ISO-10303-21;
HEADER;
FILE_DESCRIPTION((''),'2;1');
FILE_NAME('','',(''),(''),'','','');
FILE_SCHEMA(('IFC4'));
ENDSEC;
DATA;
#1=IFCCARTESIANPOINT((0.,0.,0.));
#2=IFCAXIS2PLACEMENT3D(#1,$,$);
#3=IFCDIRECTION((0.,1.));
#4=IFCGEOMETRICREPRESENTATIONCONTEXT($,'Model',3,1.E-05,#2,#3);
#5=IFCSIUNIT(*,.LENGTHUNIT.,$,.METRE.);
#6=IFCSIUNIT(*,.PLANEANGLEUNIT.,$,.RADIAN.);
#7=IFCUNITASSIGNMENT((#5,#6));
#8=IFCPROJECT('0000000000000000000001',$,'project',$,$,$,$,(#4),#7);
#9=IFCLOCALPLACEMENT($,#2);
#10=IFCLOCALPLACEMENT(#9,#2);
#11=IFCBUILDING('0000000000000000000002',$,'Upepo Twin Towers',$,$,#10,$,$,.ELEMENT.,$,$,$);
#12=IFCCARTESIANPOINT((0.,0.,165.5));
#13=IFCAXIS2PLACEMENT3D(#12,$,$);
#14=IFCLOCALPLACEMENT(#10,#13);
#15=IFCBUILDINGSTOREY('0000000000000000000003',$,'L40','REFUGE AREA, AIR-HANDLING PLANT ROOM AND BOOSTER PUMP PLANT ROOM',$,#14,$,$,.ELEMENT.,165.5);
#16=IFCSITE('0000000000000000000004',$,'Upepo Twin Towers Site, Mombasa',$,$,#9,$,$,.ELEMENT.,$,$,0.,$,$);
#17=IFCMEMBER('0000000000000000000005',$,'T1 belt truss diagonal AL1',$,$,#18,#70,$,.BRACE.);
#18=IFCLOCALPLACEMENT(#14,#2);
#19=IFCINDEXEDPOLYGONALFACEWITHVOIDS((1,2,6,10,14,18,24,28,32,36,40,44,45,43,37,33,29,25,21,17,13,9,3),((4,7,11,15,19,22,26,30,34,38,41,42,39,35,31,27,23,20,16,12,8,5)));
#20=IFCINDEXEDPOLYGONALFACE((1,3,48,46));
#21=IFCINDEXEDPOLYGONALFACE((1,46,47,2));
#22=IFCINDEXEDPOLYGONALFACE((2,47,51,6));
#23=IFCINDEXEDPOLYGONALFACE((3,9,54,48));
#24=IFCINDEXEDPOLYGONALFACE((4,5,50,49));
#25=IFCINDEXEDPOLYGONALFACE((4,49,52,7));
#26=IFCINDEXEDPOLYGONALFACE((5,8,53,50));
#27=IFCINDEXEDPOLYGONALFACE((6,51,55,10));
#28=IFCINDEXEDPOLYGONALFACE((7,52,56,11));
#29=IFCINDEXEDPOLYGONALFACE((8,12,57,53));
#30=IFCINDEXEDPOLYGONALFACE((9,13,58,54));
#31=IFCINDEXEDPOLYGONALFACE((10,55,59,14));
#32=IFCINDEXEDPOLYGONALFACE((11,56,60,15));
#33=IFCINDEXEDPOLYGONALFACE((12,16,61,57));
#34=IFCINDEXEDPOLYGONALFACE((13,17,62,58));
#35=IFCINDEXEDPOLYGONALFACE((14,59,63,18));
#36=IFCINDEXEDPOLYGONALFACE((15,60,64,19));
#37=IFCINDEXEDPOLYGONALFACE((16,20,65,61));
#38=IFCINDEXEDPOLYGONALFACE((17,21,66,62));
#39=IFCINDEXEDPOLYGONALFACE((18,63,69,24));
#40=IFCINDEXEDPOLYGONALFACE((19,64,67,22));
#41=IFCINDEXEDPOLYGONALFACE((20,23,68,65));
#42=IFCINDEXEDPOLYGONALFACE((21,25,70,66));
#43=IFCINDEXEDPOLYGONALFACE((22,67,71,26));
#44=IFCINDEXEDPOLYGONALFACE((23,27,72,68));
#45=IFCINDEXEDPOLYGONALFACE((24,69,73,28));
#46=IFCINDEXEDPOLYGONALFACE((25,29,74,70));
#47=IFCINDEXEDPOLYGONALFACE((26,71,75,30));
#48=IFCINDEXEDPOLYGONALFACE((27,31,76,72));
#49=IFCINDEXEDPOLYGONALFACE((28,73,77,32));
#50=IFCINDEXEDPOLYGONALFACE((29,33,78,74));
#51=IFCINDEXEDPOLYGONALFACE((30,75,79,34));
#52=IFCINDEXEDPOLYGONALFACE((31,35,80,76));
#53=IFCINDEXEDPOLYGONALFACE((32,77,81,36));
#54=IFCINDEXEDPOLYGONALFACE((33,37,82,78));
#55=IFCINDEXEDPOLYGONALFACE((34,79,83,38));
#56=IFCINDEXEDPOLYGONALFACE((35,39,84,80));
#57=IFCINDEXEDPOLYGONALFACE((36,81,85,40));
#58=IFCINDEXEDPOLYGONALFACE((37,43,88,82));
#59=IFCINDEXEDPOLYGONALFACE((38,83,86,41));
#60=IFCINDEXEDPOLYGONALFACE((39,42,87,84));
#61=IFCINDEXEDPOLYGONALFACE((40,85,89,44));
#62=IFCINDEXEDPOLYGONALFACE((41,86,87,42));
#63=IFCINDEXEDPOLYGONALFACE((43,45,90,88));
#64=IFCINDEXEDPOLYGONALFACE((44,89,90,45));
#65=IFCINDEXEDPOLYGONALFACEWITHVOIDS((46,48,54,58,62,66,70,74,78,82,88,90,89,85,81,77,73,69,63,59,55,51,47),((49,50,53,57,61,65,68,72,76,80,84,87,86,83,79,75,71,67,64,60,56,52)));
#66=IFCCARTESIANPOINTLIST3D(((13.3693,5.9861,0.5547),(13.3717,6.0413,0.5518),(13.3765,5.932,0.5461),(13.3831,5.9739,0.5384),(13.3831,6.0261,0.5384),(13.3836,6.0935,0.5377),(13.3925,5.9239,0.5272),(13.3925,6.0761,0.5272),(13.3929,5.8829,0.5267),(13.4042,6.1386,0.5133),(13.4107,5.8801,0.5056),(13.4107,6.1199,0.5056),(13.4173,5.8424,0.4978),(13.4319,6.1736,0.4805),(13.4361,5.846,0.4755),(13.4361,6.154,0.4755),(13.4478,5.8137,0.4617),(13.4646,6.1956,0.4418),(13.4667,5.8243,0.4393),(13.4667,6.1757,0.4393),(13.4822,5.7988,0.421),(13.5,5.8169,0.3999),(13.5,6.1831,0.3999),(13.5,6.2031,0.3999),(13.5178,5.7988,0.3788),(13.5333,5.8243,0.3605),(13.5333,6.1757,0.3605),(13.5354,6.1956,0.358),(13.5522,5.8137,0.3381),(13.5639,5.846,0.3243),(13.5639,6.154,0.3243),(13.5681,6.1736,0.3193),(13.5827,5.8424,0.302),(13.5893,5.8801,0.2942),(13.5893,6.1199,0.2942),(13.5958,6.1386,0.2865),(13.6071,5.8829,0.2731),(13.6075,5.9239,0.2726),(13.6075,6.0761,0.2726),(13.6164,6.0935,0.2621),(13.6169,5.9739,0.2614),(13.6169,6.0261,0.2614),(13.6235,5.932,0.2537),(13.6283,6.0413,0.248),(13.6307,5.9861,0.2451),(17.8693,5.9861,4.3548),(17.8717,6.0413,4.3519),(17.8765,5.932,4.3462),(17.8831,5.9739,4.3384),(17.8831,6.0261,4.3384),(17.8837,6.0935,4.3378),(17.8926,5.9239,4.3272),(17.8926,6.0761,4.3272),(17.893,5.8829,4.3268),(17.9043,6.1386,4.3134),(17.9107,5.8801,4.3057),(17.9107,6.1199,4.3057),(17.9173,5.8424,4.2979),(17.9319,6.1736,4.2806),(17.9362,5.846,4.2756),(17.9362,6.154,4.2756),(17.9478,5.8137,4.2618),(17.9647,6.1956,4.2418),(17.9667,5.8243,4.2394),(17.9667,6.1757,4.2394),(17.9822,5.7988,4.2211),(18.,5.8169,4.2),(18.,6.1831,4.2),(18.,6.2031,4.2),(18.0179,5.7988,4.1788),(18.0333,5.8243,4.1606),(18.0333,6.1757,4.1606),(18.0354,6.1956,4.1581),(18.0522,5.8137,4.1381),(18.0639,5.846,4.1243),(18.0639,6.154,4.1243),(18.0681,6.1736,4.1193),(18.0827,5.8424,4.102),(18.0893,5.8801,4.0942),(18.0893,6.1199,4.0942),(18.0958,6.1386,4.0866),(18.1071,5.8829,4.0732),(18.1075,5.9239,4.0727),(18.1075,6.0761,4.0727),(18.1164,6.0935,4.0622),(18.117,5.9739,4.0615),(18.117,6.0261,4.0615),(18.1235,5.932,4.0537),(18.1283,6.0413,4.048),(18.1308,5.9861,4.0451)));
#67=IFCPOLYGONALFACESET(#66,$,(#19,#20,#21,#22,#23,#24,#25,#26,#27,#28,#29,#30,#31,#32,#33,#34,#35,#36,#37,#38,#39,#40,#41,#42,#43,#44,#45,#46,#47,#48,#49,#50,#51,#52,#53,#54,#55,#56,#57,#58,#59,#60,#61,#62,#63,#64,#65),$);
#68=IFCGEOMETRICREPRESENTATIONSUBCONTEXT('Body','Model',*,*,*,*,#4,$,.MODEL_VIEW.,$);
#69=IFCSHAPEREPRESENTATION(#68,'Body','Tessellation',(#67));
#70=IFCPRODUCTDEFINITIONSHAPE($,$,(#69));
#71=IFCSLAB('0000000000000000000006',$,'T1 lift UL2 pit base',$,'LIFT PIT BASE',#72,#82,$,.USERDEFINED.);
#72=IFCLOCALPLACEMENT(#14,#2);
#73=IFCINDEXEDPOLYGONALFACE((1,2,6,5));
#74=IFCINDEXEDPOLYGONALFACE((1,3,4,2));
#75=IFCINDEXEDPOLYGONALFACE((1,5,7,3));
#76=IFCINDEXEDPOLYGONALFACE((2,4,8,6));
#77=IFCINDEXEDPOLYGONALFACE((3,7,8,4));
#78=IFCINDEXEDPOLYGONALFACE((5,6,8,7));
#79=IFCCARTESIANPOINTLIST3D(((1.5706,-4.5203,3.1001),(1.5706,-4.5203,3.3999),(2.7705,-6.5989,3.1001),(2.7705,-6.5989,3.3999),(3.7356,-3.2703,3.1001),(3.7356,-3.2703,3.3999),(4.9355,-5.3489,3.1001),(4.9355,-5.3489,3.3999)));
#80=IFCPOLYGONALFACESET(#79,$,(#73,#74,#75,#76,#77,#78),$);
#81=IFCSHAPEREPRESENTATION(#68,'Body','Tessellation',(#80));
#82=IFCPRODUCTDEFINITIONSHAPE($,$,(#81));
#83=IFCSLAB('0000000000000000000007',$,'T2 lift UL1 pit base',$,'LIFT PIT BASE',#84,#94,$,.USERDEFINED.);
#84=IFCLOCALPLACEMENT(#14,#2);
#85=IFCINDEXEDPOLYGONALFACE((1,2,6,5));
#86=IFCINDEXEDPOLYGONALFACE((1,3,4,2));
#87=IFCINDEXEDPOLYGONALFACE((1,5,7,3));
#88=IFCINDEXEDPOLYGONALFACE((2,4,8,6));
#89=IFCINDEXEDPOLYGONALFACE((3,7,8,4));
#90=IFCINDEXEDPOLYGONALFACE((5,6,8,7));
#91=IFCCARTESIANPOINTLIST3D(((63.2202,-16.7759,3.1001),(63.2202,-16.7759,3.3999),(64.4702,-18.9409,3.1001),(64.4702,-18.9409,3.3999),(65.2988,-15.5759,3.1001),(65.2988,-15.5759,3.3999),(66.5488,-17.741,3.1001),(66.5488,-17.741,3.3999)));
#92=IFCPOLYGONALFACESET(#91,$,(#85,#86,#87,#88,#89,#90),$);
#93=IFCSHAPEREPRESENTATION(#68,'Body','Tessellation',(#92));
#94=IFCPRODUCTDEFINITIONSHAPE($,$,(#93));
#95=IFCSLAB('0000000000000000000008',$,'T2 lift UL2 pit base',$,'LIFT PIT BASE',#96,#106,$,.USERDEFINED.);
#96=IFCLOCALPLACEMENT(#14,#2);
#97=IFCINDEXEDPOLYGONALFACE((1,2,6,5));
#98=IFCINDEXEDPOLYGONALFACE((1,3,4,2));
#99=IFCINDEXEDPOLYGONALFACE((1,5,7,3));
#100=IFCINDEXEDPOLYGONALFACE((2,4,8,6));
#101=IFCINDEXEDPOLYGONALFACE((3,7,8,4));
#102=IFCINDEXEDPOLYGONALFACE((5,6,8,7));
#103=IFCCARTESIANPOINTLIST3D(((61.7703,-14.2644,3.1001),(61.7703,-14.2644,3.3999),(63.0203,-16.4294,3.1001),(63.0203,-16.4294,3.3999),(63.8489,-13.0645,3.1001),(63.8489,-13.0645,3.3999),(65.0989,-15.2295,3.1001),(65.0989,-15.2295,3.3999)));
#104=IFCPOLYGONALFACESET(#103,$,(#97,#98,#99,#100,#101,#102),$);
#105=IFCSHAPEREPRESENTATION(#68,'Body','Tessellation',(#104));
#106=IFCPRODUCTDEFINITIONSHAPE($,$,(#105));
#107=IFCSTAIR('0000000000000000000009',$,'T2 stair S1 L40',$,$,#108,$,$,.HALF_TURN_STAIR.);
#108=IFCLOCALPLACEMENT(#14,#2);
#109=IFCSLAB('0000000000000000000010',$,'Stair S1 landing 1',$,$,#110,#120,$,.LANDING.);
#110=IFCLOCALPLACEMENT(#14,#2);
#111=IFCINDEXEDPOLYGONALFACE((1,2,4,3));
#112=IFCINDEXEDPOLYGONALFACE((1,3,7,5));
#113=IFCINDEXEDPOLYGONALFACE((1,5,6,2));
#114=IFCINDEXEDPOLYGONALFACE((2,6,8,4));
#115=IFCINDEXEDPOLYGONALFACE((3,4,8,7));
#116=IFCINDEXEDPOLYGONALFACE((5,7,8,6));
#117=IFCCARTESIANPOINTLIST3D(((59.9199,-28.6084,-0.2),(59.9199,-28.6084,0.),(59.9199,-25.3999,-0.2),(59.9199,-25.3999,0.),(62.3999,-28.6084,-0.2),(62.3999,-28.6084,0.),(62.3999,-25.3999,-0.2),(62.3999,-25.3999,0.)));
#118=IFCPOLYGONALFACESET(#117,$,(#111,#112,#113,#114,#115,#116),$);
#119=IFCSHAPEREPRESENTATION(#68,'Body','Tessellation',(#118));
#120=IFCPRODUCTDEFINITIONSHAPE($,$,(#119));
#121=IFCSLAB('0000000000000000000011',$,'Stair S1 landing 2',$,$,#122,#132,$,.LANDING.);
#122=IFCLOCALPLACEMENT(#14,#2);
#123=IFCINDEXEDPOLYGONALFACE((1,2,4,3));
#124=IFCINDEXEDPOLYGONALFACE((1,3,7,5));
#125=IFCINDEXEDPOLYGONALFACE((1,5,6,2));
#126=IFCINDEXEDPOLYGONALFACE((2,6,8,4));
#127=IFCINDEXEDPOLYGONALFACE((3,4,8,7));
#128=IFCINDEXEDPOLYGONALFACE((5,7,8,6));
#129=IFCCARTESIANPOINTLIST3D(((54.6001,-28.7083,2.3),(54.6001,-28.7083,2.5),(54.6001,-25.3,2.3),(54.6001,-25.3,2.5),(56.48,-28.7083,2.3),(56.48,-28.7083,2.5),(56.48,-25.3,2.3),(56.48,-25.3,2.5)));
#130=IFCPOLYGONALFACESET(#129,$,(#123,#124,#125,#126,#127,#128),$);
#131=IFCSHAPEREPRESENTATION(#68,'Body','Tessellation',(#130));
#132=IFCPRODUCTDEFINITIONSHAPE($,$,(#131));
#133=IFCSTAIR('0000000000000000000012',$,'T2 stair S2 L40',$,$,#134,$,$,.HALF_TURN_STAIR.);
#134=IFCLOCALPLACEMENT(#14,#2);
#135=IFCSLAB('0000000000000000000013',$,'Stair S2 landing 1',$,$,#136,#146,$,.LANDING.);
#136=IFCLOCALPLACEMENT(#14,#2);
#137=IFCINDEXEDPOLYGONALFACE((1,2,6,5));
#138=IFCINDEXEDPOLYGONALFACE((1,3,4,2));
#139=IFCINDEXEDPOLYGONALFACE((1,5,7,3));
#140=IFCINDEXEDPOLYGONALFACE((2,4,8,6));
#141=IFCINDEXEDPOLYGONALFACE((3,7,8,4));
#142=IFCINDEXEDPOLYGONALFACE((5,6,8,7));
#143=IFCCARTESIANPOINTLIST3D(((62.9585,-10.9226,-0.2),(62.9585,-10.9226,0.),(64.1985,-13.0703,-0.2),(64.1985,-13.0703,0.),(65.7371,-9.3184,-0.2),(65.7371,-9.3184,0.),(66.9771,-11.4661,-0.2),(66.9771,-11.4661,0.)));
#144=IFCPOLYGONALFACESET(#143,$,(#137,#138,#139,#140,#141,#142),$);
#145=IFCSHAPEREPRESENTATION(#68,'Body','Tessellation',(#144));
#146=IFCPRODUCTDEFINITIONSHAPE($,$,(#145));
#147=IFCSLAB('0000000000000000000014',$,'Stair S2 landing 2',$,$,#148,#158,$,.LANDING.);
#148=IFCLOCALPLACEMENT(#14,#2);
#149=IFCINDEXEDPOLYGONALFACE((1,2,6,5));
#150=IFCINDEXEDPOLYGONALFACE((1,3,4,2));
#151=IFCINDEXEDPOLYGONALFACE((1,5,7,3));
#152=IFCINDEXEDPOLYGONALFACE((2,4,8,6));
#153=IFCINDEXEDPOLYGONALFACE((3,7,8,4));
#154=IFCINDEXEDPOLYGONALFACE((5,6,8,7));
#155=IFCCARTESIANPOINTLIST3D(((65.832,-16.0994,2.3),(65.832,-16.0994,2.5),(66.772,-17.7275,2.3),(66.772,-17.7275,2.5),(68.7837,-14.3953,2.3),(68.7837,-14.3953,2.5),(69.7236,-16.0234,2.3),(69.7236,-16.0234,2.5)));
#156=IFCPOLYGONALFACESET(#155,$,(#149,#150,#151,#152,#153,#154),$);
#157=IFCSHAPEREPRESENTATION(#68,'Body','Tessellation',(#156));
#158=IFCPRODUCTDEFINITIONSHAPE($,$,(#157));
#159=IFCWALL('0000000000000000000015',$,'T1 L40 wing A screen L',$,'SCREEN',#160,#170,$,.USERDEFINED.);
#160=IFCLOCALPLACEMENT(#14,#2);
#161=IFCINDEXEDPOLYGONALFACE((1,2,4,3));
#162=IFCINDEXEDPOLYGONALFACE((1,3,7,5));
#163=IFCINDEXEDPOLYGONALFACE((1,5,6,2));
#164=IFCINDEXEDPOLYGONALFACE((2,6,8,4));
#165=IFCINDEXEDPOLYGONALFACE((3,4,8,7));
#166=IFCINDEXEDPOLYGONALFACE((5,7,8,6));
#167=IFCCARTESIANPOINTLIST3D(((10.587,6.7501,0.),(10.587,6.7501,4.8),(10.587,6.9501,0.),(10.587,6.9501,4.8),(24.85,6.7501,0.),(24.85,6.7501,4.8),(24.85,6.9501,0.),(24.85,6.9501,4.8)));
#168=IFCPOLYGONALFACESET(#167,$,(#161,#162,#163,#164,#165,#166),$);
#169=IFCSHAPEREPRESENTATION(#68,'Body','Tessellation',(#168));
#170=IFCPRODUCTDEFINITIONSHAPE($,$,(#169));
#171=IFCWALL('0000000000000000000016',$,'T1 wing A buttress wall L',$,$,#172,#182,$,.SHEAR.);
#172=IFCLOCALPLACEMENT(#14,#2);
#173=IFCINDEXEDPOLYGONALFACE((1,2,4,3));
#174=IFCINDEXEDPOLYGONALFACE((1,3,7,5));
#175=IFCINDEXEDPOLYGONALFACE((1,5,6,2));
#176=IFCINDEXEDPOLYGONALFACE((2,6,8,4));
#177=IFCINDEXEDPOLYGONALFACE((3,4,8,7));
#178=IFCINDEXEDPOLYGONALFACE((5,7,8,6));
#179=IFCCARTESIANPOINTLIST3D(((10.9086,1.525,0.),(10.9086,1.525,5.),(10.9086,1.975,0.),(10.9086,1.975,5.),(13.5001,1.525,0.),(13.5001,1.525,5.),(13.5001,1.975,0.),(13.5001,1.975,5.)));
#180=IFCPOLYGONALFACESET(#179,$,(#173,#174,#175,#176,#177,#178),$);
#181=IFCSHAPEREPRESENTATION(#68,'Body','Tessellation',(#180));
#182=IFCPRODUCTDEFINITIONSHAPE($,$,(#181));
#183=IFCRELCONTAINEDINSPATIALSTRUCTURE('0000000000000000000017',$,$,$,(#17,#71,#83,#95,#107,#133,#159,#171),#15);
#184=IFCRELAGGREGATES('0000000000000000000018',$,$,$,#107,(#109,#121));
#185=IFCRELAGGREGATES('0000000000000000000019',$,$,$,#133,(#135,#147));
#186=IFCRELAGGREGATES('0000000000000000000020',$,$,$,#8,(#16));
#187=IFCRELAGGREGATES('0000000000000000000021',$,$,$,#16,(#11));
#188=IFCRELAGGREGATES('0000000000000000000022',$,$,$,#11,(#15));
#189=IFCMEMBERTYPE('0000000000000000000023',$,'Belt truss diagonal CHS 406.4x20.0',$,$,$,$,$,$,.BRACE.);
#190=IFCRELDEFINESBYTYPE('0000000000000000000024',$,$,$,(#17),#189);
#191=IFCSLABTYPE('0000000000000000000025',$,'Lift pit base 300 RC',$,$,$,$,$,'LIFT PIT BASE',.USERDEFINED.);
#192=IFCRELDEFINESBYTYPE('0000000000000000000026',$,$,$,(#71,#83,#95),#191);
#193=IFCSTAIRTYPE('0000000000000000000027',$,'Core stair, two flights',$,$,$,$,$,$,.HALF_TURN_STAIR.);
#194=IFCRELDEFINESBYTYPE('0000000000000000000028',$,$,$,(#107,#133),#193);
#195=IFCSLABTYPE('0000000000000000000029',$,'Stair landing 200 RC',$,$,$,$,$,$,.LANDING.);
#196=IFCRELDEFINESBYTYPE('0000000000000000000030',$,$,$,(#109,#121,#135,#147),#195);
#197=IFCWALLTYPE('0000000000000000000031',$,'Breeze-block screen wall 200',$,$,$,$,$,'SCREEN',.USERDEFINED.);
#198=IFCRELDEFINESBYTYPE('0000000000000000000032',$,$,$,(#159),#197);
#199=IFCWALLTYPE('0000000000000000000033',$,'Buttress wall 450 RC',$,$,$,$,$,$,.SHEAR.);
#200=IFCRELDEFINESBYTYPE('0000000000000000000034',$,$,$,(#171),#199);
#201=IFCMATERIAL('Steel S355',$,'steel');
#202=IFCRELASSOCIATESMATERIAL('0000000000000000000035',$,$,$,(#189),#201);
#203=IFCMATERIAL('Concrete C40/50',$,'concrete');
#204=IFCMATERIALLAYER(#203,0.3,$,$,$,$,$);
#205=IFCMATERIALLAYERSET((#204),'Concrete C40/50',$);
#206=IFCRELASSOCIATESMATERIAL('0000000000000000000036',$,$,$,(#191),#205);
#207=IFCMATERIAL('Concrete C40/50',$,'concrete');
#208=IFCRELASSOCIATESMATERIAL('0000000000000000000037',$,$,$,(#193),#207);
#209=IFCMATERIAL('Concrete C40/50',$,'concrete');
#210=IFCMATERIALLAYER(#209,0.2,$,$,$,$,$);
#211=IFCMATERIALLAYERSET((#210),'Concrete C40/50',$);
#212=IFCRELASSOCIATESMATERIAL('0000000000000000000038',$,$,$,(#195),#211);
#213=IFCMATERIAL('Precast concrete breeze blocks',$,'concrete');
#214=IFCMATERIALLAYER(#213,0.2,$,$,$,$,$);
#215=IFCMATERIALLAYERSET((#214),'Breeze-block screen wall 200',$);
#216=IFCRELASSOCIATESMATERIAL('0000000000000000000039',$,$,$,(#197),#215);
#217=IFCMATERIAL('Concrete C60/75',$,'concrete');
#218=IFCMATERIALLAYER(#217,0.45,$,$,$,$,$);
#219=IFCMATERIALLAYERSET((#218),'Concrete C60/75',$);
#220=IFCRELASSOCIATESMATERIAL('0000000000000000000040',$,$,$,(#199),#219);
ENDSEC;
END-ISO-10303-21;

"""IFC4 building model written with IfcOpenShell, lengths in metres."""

from ifc_helpers import new_model, si_unit, direction, frame, frame_2d, origin, origin_2d, place, context, subcontext, project, spatial, polyline, rectangle, hollow_circle, outline, extrude, material, layer, layer_set, material_profile, profile_set, type_object, element, aggregate, save


model = new_model("IFC4")

# Units and contexts
model_context = context("Model", 3, precision=1e-05, world=origin(), true_north=direction((0.0, 1.0)))
body_context = subcontext(model_context, "Body", "Model", "MODEL_VIEW")
ifc_project = project(units=[si_unit("LENGTHUNIT", "METRE"), si_unit("PLANEANGLEUNIT", "RADIAN")], contexts=[model_context])

# Site, building, storey
site_placement = place(None, origin())
site = spatial("IfcSite", under=ifc_project, at=site_placement, Name="Upepo Twin Towers Site, Mombasa", CompositionType="ELEMENT", RefElevation=0.0)
building_placement = place(site_placement, origin())
building = spatial("IfcBuilding", under=site, at=building_placement, Name="Upepo Twin Towers", CompositionType="ELEMENT")
storey_placement = place(building_placement, frame((0.0, 0.0, 165.5)))
storey = spatial("IfcBuildingStorey", under=building, at=storey_placement, Name="L40", Description="REFUGE AREA, AIR-HANDLING PLANT ROOM AND BOOSTER PUMP PLANT ROOM", CompositionType="ELEMENT", Elevation=165.5)

# Member
ifc_material_1 = material(Name="Steel S355", Category="steel")
ifc_material_profile_1 = material_profile(ifc_material_1, hollow_circle(Radius=0.2031, WallThickness=0.02, at=origin_2d()), Name="CHS 406.4x20.0")
ifc_profile_set_1 = profile_set([ifc_material_profile_1], Name="Steel S355")
member_type = type_object("IfcMemberType", Name="Belt truss diagonal CHS 406.4x20.0", PredefinedType="BRACE", material=ifc_profile_set_1)
member_placement = place(storey_placement, frame((13.5, 6.0, 0.3999), z_axis=(0.764026, 0.0, 0.645186), x_axis=(0.0, 1.0, 0.0)))
element("IfcMember", 1, at=member_placement, inside=storey, type_object=member_type, Name="T1 belt truss diagonal AL1", PredefinedType="BRACE", context=body_context, shape_type="SweptSolid", body=[
    extrude(hollow_circle(Radius=0.2031, WallThickness=0.02, at=origin_2d()), origin(), (0.0, 0.0, 1.0), 5.8899),
])

# Slabs
ifc_material_2 = material(Name="Concrete C40/50", Category="concrete")
ifc_layer_1 = layer(ifc_material_2, 0.3)
ifc_layer_set_1 = layer_set([ifc_layer_1], Name="Concrete C40/50")
slab_type_1 = type_object("IfcSlabType", Name="Lift pit base 300 RC", ElementType="LIFT PIT BASE", PredefinedType="USERDEFINED", material=ifc_layer_set_1)
slab_1_placement = place(storey_placement, frame((0.0, 0.0, 3.1001)))
element("IfcSlab", 2, at=slab_1_placement, inside=storey, type_object=slab_type_1, Name="T1 lift UL2 pit base", ObjectType="LIFT PIT BASE", PredefinedType="USERDEFINED", context=body_context, shape_type="SweptSolid", body=[
    extrude(outline(polyline([(1.5706, -4.5203), (2.7705, -6.5989), (4.9355, -5.3489), (3.7356, -3.2703), (1.5706, -4.5203)])), origin(), (0.0, 0.0, 1.0), 0.2998),
])
slab_2_placement = place(storey_placement, frame((0.0, 0.0, 3.1001)))
element("IfcSlab", 3, at=slab_2_placement, inside=storey, type_object=slab_type_1, Name="T2 lift UL1 pit base", ObjectType="LIFT PIT BASE", PredefinedType="USERDEFINED", context=body_context, shape_type="SweptSolid", body=[
    extrude(outline(polyline([(64.4702, -18.9409), (66.5488, -17.741), (65.2988, -15.5759), (63.2202, -16.7759), (64.4702, -18.9409)])), origin(), (0.0, 0.0, 1.0), 0.2998),
])
slab_3_placement = place(storey_placement, frame((0.0, 0.0, 3.1001)))
element("IfcSlab", 4, at=slab_3_placement, inside=storey, type_object=slab_type_1, Name="T2 lift UL2 pit base", ObjectType="LIFT PIT BASE", PredefinedType="USERDEFINED", context=body_context, shape_type="SweptSolid", body=[
    extrude(outline(polyline([(63.0203, -16.4294), (65.0989, -15.2295), (63.8489, -13.0645), (61.7703, -14.2644), (63.0203, -16.4294)])), origin(), (0.0, 0.0, 1.0), 0.2998),
])

# Stairs, slabs
ifc_material_3 = material(Name="Concrete C40/50", Category="concrete")
stair_type = type_object("IfcStairType", Name="Core stair, two flights", PredefinedType="HALF_TURN_STAIR", material=ifc_material_3)
stair_1_placement = place(storey_placement, origin())
stair_1 = element("IfcStair", 5, at=stair_1_placement, inside=storey, type_object=stair_type, Name="T2 stair S1 L40", PredefinedType="HALF_TURN_STAIR")
ifc_material_4 = material(Name="Concrete C40/50", Category="concrete")
ifc_layer_2 = layer(ifc_material_4, 0.2)
ifc_layer_set_2 = layer_set([ifc_layer_2], Name="Concrete C40/50")
slab_type_2 = type_object("IfcSlabType", Name="Stair landing 200 RC", PredefinedType="LANDING", material=ifc_layer_set_2)
slab_4_placement = place(storey_placement, frame((0.0, 0.0, -0.2)))
slab_4 = element("IfcSlab", 6, at=slab_4_placement, type_object=slab_type_2, Name="Stair S1 landing 1", PredefinedType="LANDING", context=body_context, shape_type="SweptSolid", body=[
    extrude(outline(polyline([(59.9199, -25.3999), (59.9199, -28.6084), (62.3999, -28.6084), (62.3999, -25.3999), (59.9199, -25.3999)])), origin(), (0.0, 0.0, 1.0), 0.2),
])
slab_5_placement = place(storey_placement, frame((0.0, 0.0, 2.3)))
slab_5 = element("IfcSlab", 7, at=slab_5_placement, type_object=slab_type_2, Name="Stair S1 landing 2", PredefinedType="LANDING", context=body_context, shape_type="SweptSolid", body=[
    extrude(outline(polyline([(54.6001, -25.3), (54.6001, -28.7083), (56.48, -28.7083), (56.48, -25.3), (54.6001, -25.3)])), origin(), (0.0, 0.0, 1.0), 0.2),
])
aggregate(stair_1, [slab_4, slab_5])
stair_2_placement = place(storey_placement, origin())
stair_2 = element("IfcStair", 8, at=stair_2_placement, inside=storey, type_object=stair_type, Name="T2 stair S2 L40", PredefinedType="HALF_TURN_STAIR")
slab_6_placement = place(storey_placement, frame((0.0, 0.0, -0.2)))
slab_6 = element("IfcSlab", 9, at=slab_6_placement, type_object=slab_type_2, Name="Stair S2 landing 1", PredefinedType="LANDING", context=body_context, shape_type="SweptSolid", body=[
    extrude(outline(polyline([(64.1985, -13.0703), (66.9771, -11.4661), (65.7371, -9.3184), (62.9585, -10.9226), (64.1985, -13.0703)])), origin(), (0.0, 0.0, 1.0), 0.2),
])
slab_7_placement = place(storey_placement, frame((0.0, 0.0, 2.3)))
slab_7 = element("IfcSlab", 10, at=slab_7_placement, type_object=slab_type_2, Name="Stair S2 landing 2", PredefinedType="LANDING", context=body_context, shape_type="SweptSolid", body=[
    extrude(outline(polyline([(66.772, -17.7275), (69.7236, -16.0234), (68.7837, -14.3953), (65.832, -16.0994), (66.772, -17.7275)])), origin(), (0.0, 0.0, 1.0), 0.2),
])
aggregate(stair_2, [slab_6, slab_7])

# Walls
ifc_material_5 = material(Name="Precast concrete breeze blocks", Category="concrete")
ifc_layer_3 = layer(ifc_material_5, 0.2)
ifc_layer_set_3 = layer_set([ifc_layer_3], Name="Breeze-block screen wall 200")
wall_type_1 = type_object("IfcWallType", Name="Breeze-block screen wall 200", ElementType="SCREEN", PredefinedType="USERDEFINED", material=ifc_layer_set_3)
wall_1_placement = place(storey_placement, frame((10.5872, 6.8501, 0.0), z_axis=(0.0, 0.0, 1.0), x_axis=(1.0, 0.0, 0.0)))
element("IfcWall", 11, at=wall_1_placement, inside=storey, type_object=wall_type_1, Name="T1 L40 wing A screen L", ObjectType="SCREEN", PredefinedType="USERDEFINED", context=body_context, shape_type="SweptSolid", body=[
    extrude(rectangle(XDim=14.2629, YDim=0.2, at=frame_2d((7.1313, 0.0))), origin(), (0.0, 0.0, 1.0), 4.8),
])
ifc_material_6 = material(Name="Concrete C60/75", Category="concrete")
ifc_layer_4 = layer(ifc_material_6, 0.45)
ifc_layer_set_4 = layer_set([ifc_layer_4], Name="Concrete C60/75")
wall_type_2 = type_object("IfcWallType", Name="Buttress wall 450 RC", PredefinedType="SHEAR", material=ifc_layer_set_4)
wall_2_placement = place(storey_placement, frame((10.9084, 1.75, 0.0), z_axis=(0.0, 0.0, 1.0), x_axis=(1.0, 0.0, 0.0)))
element("IfcWall", 12, at=wall_2_placement, inside=storey, type_object=wall_type_2, Name="T1 wing A buttress wall L", PredefinedType="SHEAR", context=body_context, shape_type="SweptSolid", body=[
    extrude(rectangle(XDim=2.5916, YDim=0.45, at=frame_2d((1.2959, 0.0))), origin(), (0.0, 0.0, 1.0), 5.0),
])

save(model, "model.ifc")
